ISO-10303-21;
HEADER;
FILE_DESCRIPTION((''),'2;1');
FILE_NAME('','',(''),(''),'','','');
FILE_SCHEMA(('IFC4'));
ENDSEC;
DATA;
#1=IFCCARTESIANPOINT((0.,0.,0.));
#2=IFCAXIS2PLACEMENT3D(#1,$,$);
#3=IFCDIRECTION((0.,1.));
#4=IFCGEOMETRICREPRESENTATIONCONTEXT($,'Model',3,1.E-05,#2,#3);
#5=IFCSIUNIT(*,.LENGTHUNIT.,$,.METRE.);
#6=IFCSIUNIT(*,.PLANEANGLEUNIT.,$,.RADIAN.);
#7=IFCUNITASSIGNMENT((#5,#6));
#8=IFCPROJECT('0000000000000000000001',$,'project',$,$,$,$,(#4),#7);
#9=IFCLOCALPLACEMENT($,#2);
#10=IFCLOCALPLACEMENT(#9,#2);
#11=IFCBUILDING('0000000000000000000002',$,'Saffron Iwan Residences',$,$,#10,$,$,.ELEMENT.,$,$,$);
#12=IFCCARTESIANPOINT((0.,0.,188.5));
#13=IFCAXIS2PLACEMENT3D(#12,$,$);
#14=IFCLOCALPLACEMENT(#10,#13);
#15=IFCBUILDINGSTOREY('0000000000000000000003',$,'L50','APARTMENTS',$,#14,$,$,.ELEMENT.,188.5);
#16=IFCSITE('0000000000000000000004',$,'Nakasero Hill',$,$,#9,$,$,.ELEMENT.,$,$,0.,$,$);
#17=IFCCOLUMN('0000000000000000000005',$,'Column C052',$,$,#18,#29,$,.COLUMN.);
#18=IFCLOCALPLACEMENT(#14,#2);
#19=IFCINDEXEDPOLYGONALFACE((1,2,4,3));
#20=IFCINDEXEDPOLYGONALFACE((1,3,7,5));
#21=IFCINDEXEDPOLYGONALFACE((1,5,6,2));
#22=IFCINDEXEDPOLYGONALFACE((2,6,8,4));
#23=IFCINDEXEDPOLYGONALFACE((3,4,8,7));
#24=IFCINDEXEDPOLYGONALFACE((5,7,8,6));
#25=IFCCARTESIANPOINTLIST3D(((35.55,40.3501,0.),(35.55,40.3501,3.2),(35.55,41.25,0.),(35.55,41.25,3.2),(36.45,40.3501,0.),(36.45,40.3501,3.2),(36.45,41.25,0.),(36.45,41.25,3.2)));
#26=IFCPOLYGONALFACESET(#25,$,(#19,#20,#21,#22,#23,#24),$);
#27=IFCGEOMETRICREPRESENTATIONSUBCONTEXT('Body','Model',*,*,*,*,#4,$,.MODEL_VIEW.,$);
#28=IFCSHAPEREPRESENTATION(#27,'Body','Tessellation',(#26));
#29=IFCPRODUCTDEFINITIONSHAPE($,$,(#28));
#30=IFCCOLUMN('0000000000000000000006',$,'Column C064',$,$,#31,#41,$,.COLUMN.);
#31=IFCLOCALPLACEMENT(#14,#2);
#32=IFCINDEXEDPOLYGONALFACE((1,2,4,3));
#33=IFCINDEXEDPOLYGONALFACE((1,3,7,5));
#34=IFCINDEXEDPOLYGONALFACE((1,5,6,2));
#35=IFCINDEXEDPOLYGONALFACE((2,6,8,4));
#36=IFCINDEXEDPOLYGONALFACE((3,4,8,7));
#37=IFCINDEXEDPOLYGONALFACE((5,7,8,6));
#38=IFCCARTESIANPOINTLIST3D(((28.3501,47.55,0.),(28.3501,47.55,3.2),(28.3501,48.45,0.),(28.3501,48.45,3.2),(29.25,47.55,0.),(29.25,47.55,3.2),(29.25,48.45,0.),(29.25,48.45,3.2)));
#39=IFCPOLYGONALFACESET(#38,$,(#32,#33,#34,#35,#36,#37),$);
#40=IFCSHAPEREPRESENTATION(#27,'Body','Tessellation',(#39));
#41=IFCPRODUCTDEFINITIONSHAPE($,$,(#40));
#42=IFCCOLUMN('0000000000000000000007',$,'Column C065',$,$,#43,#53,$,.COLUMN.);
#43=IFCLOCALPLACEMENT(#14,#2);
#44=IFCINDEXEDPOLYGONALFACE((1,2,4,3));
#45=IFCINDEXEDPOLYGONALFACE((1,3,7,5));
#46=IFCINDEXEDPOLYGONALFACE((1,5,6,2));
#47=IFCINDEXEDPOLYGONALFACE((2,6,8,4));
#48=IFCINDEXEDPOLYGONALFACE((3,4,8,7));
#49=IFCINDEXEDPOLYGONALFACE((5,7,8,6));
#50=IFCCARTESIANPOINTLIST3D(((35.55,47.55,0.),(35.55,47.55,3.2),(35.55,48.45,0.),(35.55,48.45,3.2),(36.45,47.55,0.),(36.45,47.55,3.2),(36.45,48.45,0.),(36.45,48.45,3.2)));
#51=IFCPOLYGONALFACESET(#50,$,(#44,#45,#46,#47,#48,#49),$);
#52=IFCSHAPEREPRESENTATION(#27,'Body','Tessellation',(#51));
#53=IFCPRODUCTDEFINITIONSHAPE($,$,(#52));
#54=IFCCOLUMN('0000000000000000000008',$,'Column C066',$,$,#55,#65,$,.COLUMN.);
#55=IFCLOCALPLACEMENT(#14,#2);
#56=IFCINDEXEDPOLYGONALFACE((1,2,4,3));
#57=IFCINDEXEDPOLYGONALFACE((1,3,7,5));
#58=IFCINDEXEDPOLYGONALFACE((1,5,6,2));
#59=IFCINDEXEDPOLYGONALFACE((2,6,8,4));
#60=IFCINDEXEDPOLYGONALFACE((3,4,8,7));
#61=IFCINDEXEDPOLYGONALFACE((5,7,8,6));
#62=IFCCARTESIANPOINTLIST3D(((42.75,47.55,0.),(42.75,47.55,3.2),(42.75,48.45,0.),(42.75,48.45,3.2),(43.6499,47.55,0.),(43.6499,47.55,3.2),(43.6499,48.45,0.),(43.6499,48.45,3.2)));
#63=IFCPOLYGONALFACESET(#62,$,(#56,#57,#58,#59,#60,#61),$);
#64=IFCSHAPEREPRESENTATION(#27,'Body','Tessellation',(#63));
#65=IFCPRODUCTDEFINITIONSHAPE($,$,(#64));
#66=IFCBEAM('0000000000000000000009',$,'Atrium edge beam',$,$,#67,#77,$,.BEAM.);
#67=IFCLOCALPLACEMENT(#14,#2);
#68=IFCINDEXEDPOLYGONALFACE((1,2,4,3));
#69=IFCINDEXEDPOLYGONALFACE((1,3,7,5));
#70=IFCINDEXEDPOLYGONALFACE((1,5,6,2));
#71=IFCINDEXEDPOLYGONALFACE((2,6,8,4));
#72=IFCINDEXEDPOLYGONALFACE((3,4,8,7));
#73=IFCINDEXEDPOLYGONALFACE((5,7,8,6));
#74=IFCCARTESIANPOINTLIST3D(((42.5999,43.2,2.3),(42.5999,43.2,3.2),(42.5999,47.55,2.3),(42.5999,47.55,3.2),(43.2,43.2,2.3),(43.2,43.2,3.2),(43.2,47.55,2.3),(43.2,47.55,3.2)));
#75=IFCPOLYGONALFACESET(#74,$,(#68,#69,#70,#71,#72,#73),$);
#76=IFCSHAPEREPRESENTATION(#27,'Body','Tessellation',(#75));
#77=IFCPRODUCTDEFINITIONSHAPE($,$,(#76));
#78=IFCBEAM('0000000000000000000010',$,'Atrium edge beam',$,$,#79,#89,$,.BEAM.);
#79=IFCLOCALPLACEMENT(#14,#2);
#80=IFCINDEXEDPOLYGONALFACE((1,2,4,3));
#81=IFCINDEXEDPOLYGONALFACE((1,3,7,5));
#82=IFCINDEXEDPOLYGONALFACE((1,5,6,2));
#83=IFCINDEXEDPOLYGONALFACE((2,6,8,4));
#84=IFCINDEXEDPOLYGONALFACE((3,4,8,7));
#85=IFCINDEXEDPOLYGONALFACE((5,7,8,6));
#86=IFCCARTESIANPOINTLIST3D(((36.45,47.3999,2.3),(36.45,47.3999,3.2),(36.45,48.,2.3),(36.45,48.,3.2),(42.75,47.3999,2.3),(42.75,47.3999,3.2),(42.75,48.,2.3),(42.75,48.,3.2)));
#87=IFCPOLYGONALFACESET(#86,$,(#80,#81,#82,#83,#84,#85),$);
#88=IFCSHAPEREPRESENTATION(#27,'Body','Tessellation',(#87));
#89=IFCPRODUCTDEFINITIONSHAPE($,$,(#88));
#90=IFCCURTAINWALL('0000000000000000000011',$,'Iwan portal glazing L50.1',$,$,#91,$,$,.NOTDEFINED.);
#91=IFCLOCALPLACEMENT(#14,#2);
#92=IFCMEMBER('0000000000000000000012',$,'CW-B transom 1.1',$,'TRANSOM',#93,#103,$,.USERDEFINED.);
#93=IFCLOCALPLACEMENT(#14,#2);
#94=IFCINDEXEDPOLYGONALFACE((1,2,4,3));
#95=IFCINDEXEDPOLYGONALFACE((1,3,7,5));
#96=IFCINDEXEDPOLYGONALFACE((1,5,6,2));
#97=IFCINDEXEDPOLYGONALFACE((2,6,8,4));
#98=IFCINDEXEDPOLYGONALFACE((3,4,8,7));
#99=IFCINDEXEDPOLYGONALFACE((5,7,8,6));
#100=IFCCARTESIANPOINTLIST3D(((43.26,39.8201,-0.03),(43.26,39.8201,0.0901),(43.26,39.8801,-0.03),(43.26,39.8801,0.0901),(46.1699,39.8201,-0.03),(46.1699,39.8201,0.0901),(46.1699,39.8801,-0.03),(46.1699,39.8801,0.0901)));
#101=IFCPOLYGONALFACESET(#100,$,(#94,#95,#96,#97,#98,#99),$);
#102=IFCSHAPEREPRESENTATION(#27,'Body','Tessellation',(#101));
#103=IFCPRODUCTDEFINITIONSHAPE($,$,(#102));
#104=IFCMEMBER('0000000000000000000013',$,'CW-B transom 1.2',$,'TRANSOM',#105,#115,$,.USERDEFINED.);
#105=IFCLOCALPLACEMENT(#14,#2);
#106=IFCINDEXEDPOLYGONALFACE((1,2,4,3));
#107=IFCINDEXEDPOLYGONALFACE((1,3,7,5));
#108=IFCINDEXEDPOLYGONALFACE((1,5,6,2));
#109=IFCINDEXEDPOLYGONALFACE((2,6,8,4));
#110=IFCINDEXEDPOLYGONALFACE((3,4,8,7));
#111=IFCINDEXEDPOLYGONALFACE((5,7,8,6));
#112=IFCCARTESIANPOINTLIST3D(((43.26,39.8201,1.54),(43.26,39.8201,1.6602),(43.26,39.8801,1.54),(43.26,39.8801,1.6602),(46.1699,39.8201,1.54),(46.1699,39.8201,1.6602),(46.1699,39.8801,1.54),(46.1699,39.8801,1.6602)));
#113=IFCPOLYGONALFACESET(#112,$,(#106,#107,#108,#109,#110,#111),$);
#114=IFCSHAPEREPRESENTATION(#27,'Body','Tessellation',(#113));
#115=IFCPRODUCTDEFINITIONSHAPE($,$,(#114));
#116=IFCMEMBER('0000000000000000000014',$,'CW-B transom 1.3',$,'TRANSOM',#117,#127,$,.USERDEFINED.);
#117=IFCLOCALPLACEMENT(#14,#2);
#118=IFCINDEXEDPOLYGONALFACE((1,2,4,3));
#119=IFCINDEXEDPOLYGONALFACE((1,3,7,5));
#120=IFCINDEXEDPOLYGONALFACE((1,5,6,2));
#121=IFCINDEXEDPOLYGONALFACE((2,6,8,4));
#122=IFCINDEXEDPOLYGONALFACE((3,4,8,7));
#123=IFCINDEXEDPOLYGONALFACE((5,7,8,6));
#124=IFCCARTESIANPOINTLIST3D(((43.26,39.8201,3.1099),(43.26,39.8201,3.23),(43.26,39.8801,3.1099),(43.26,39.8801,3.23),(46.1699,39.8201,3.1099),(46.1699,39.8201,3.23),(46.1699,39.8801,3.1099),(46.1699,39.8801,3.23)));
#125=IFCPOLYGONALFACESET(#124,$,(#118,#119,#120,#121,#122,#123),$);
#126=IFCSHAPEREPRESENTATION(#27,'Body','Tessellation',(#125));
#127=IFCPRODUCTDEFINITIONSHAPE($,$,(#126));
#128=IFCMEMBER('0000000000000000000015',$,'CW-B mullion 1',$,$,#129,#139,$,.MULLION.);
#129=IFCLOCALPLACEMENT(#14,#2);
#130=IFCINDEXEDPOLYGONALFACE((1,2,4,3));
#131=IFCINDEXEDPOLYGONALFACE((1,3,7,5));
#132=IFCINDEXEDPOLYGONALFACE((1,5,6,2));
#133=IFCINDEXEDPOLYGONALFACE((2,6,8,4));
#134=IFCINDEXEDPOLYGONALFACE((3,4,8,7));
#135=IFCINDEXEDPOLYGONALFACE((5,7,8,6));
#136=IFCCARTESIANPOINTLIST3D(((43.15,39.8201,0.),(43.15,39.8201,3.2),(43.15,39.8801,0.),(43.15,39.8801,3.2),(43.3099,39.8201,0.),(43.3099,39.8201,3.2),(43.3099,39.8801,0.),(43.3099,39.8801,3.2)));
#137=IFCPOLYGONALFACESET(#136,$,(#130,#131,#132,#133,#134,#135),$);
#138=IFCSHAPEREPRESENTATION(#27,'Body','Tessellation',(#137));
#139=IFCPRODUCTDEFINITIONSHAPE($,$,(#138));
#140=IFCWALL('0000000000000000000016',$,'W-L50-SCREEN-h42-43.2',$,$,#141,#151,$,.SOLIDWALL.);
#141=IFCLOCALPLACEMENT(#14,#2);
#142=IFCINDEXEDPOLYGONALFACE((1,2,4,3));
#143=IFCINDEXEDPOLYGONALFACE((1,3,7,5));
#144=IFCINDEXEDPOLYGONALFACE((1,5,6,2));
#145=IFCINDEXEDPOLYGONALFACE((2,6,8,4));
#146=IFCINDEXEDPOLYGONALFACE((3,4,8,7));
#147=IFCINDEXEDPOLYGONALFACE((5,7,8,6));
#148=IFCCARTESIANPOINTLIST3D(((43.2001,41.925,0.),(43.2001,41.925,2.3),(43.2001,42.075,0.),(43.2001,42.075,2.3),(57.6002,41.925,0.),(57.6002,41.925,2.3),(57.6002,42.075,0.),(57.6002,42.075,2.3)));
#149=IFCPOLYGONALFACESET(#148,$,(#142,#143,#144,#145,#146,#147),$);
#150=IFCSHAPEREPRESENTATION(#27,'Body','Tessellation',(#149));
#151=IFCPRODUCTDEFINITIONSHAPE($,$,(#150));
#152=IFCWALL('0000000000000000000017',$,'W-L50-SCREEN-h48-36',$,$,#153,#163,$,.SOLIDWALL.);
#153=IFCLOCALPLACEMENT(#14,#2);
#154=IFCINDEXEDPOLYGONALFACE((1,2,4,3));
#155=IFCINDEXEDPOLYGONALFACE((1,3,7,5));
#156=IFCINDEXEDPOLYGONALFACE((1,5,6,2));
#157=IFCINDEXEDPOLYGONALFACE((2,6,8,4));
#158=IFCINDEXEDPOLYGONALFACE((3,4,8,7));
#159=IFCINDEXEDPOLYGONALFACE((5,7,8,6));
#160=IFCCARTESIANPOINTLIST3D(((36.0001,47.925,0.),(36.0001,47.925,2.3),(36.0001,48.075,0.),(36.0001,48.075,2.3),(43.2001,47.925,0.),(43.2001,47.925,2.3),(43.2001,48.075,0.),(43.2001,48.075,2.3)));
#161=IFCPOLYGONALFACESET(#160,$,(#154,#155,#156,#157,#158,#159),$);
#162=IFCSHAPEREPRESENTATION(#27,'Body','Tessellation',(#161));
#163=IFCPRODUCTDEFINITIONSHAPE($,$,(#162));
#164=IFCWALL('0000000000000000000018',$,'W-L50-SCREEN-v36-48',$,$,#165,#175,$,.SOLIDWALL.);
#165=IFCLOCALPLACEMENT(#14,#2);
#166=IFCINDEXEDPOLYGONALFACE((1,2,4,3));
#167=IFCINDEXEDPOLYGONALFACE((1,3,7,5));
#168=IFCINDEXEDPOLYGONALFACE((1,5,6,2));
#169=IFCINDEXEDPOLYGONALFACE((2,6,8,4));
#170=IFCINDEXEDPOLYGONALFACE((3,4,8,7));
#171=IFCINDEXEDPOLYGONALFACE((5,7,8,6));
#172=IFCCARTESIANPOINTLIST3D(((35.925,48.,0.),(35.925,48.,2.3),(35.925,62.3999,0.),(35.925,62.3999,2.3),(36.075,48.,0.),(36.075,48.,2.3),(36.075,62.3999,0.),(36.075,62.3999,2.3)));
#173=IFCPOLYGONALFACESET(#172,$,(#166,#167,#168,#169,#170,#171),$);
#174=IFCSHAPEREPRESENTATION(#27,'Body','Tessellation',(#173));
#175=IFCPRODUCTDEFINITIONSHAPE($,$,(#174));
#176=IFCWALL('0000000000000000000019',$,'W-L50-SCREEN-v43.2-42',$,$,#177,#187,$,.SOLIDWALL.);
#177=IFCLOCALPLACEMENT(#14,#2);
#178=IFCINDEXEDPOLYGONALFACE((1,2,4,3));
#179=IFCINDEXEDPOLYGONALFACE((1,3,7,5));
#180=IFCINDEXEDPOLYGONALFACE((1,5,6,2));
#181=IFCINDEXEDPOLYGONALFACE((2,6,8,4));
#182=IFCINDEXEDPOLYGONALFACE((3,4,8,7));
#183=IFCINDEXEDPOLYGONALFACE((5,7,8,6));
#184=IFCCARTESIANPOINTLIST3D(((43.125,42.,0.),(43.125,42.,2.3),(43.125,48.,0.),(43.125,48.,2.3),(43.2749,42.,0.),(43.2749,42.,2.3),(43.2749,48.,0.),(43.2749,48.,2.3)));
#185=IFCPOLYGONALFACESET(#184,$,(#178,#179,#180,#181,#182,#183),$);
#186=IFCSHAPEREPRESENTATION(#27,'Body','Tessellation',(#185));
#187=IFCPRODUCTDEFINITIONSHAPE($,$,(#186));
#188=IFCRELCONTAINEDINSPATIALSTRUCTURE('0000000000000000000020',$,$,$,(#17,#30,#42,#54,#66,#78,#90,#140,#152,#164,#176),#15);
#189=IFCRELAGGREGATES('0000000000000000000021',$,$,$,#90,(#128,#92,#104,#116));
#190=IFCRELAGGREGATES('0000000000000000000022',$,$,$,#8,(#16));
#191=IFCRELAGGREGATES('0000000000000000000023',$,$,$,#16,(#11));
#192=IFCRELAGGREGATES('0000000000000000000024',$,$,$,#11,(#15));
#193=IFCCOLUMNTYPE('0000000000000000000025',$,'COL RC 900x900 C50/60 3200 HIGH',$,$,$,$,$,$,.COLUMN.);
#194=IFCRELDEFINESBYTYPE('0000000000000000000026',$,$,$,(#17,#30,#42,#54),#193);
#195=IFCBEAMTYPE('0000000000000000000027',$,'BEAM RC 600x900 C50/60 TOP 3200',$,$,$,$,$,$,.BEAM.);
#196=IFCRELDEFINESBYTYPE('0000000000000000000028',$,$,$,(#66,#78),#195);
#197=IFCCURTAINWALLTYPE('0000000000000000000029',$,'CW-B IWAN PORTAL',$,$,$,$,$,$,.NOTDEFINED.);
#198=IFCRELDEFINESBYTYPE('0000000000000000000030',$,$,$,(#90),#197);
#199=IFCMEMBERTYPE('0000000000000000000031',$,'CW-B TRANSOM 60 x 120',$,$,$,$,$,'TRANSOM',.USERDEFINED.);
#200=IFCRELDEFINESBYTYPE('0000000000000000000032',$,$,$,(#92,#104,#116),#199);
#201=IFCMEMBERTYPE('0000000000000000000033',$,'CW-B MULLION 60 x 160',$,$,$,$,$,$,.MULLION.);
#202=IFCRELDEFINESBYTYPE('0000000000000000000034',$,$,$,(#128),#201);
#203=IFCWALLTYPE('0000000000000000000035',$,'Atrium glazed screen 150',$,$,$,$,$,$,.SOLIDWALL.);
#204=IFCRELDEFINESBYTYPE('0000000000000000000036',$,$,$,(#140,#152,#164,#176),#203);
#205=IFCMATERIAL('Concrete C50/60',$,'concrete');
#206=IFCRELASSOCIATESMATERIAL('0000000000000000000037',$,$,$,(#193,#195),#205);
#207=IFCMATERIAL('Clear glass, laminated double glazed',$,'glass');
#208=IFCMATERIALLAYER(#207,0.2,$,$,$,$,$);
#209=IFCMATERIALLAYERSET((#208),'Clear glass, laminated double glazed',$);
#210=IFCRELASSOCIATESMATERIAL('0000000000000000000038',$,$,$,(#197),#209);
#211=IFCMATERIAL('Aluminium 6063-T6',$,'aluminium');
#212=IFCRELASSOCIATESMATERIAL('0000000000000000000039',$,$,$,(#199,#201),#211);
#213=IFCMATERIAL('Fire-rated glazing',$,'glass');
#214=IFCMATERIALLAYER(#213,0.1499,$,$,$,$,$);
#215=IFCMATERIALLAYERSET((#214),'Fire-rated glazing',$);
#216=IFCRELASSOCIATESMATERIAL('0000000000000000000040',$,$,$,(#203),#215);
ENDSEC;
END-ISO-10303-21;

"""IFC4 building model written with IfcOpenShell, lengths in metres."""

from ifc_helpers import new_model, si_unit, direction, frame, frame_2d, origin, origin_2d, place, context, subcontext, project, spatial, rectangle, extrude, source, transform, mapped, material, layer, layer_set, material_profile, profile_set, type_object, element, aggregate, save


model = new_model("IFC4")

# Units and contexts
model_context = context("Model", 3, precision=1e-05, world=origin(), true_north=direction((0.0, 1.0)))
body_context = subcontext(model_context, "Body", "Model", "MODEL_VIEW")
ifc_project = project(units=[si_unit("LENGTHUNIT", "METRE"), si_unit("PLANEANGLEUNIT", "RADIAN")], contexts=[model_context])

# Site, building, storey
site_placement = place(None, origin())
site = spatial("IfcSite", under=ifc_project, at=site_placement, Name="Nakasero Hill", CompositionType="ELEMENT", RefElevation=0.0)
building_placement = place(site_placement, origin())
building = spatial("IfcBuilding", under=site, at=building_placement, Name="Saffron Iwan Residences", CompositionType="ELEMENT")
storey_placement = place(building_placement, frame((0.0, 0.0, 188.5)))
storey = spatial("IfcBuildingStorey", under=building, at=storey_placement, Name="L50", Description="APARTMENTS", CompositionType="ELEMENT", Elevation=188.5)

# Columns
ifc_material_1 = material(Name="Concrete C50/60", Category="concrete")
ifc_material_profile_1 = material_profile(ifc_material_1, rectangle(XDim=0.8999, YDim=0.8999, at=origin_2d()), Name="RC 900x900")
ifc_profile_set_1 = profile_set([ifc_material_profile_1], Name="Concrete C50/60")
column_type = type_object("IfcColumnType", Name="COL RC 900x900 C50/60 3200 HIGH", PredefinedType="COLUMN", material=ifc_profile_set_1)
shared_shape_1 = source(origin(), body_context, "Body", "SweptSolid", [
    extrude(rectangle(XDim=0.8999, YDim=0.8999, at=origin_2d()), origin(), (0.0, 0.0, 1.0), 3.2),
])
for number, where, z_axis, x_axis, name in (
    (1, (36.0, 40.8, 0.0), (0.0, 0.0, 1.0), (1.0, 0.0, 0.0), "Column C052"),
    (2, (28.8, 48.0, 0.0), (0.0, 0.0, 1.0), (1.0, 0.0, 0.0), "Column C064"),
    (3, (36.0, 48.0, 0.0), (0.0, 0.0, 1.0), (1.0, 0.0, 0.0), "Column C065"),
    (4, (43.2, 48.0, 0.0), (0.0, 0.0, 1.0), (1.0, 0.0, 0.0), "Column C066"),
):
    element("IfcColumn", number, at=place(storey_placement, frame(where, z_axis=z_axis, x_axis=x_axis)), inside=storey, type_object=column_type, Name=name, PredefinedType="COLUMN", context=body_context, shape_type="MappedRepresentation", body=[
        mapped(shared_shape_1, transform((0.0, 0.0, 0.0))),
    ])

# Beams
ifc_material_profile_2 = material_profile(ifc_material_1, rectangle(XDim=0.6001, YDim=0.8999, at=origin_2d()), Name="RC 600x900")
ifc_profile_set_2 = profile_set([ifc_material_profile_2], Name="Concrete C50/60")
beam_type = type_object("IfcBeamType", Name="BEAM RC 600x900 C50/60 TOP 3200", PredefinedType="BEAM", material=ifc_profile_set_2)
shared_shape_2 = source(origin(), body_context, "Body", "SweptSolid", [
    extrude(rectangle(XDim=0.6001, YDim=0.8999, at=origin_2d()), origin(), (0.0, 0.0, 1.0), 4.3501),
])
beam_1_placement = place(storey_placement, frame((42.8999, 43.2, 2.75), z_axis=(0.0, 1.0, 0.0), x_axis=(-1.0, 0.0, 0.0)))
element("IfcBeam", 5, at=beam_1_placement, inside=storey, type_object=beam_type, Name="Atrium edge beam", PredefinedType="BEAM", context=body_context, shape_type="MappedRepresentation", body=[
    mapped(shared_shape_2, transform((0.0, 0.0, 0.0))),
])
shared_shape_3 = source(origin(), body_context, "Body", "SweptSolid", [
    extrude(rectangle(XDim=0.6001, YDim=0.8999, at=origin_2d()), origin(), (0.0, 0.0, 1.0), 6.3),
])
beam_2_placement = place(storey_placement, frame((42.75, 47.7, 2.75), z_axis=(-1.0, 0.0, 0.0), x_axis=(0.0, -1.0, 0.0)))
element("IfcBeam", 6, at=beam_2_placement, inside=storey, type_object=beam_type, Name="Atrium edge beam", PredefinedType="BEAM", context=body_context, shape_type="MappedRepresentation", body=[
    mapped(shared_shape_3, transform((0.0, 0.0, 0.0))),
])

# Curtain wall, members
ifc_material_2 = material(Name="Clear glass, laminated double glazed", Category="glass")
ifc_layer_1 = layer(ifc_material_2, 0.2)
ifc_layer_set_1 = layer_set([ifc_layer_1], Name="Clear glass, laminated double glazed")
curtain_wall_type = type_object("IfcCurtainWallType", Name="CW-B IWAN PORTAL", PredefinedType="NOTDEFINED", material=ifc_layer_set_1)
curtain_wall_placement = place(storey_placement, origin())
curtain_wall = element("IfcCurtainWall", 7, at=curtain_wall_placement, inside=storey, type_object=curtain_wall_type, Name="Iwan portal glazing L50.1", PredefinedType="NOTDEFINED")
ifc_material_3 = material(Name="Aluminium 6063-T6", Category="aluminium")
ifc_material_profile_3 = material_profile(ifc_material_3, rectangle(XDim=0.0601, YDim=0.1201, at=origin_2d()), Name="CW-B TRANSOM 60 x 120")
ifc_profile_set_3 = profile_set([ifc_material_profile_3], Name="Aluminium 6063-T6")
member_type_1 = type_object("IfcMemberType", Name="CW-B TRANSOM 60 x 120", ElementType="TRANSOM", PredefinedType="USERDEFINED", material=ifc_profile_set_3)
shared_shape_4 = source(origin(), body_context, "Body", "SweptSolid", [
    extrude(rectangle(XDim=0.0601, YDim=0.1201, at=origin_2d()), origin(), (0.0, 0.0, 1.0), 2.9099),
])
member_1_placement = place(storey_placement, frame((43.26, 39.8501, 0.03), z_axis=(1.0, 0.0, 0.0), x_axis=(0.0, 1.0, 0.0)))
member_1 = element("IfcMember", 8, at=member_1_placement, type_object=member_type_1, Name="CW-B transom 1.1", ObjectType="TRANSOM", PredefinedType="USERDEFINED", context=body_context, shape_type="MappedRepresentation", body=[
    mapped(shared_shape_4, transform((0.0, 0.0, 0.0))),
])
member_2_placement = place(storey_placement, frame((43.26, 39.8501, 1.6001), z_axis=(1.0, 0.0, 0.0), x_axis=(0.0, 1.0, 0.0)))
member_2 = element("IfcMember", 9, at=member_2_placement, type_object=member_type_1, Name="CW-B transom 1.2", ObjectType="TRANSOM", PredefinedType="USERDEFINED", context=body_context, shape_type="MappedRepresentation", body=[
    mapped(shared_shape_4, transform((0.0, 0.0, 0.0))),
])
member_3_placement = place(storey_placement, frame((43.26, 39.8501, 3.1699), z_axis=(1.0, 0.0, 0.0), x_axis=(0.0, 1.0, 0.0)))
member_3 = element("IfcMember", 10, at=member_3_placement, type_object=member_type_1, Name="CW-B transom 1.3", ObjectType="TRANSOM", PredefinedType="USERDEFINED", context=body_context, shape_type="MappedRepresentation", body=[
    mapped(shared_shape_4, transform((0.0, 0.0, 0.0))),
])
ifc_material_profile_4 = material_profile(ifc_material_3, rectangle(XDim=0.0601, YDim=0.1599, at=origin_2d()), Name="CW-B MULLION 60 x 160")
ifc_profile_set_4 = profile_set([ifc_material_profile_4], Name="Aluminium 6063-T6")
member_type_2 = type_object("IfcMemberType", Name="CW-B MULLION 60 x 160", PredefinedType="MULLION", material=ifc_profile_set_4)
shared_shape_5 = source(origin(), body_context, "Body", "SweptSolid", [
    extrude(rectangle(XDim=0.0601, YDim=0.1599, at=origin_2d()), origin(), (0.0, 0.0, 1.0), 3.2),
])
member_4_placement = place(storey_placement, frame((43.23, 39.8501, 0.0), z_axis=(0.0, 0.0, 1.0), x_axis=(0.0, 1.0, 0.0)))
member_4 = element("IfcMember", 11, at=member_4_placement, type_object=member_type_2, Name="CW-B mullion 1", PredefinedType="MULLION", context=body_context, shape_type="MappedRepresentation", body=[
    mapped(shared_shape_5, transform((0.0, 0.0, 0.0))),
])
aggregate(curtain_wall, [member_4, member_1, member_2, member_3])

# Walls
ifc_material_4 = material(Name="Fire-rated glazing", Category="glass")
ifc_layer_2 = layer(ifc_material_4, 0.1499)
ifc_layer_set_2 = layer_set([ifc_layer_2], Name="Fire-rated glazing")
wall_type_1 = type_object("IfcWallType", Name="Atrium glazed screen 150", PredefinedType="SOLIDWALL", material=ifc_layer_set_2)
wall_1_placement = place(storey_placement, frame((43.2, 42.0, 0.0), z_axis=(0.0, 0.0, 1.0), x_axis=(1.0, 0.0, 0.0)))
element("IfcWall", 12, at=wall_1_placement, inside=storey, type_object=wall_type_1, Name="W-L50-SCREEN-h42-43.2", PredefinedType="SOLIDWALL", context=body_context, shape_type="SweptSolid", body=[
    extrude(rectangle(XDim=14.4001, YDim=0.1499, at=frame_2d((7.2002, 0.0))), origin(), (0.0, 0.0, 1.0), 2.3),
])
wall_2_placement = place(storey_placement, frame((36.0, 48.0, 0.0), z_axis=(0.0, 0.0, 1.0), x_axis=(1.0, 0.0, 0.0)))
element("IfcWall", 13, at=wall_2_placement, inside=storey, type_object=wall_type_1, Name="W-L50-SCREEN-h48-36", PredefinedType="SOLIDWALL", context=body_context, shape_type="SweptSolid", body=[
    extrude(rectangle(XDim=7.2, YDim=0.1499, at=frame_2d((3.6001, 0.0))), origin(), (0.0, 0.0, 1.0), 2.3),
])
wall_3_placement = place(storey_placement, frame((36.0, 48.0, 0.0), z_axis=(0.0, 0.0, 1.0), x_axis=(0.0, 1.0, 0.0)))
element("IfcWall", 14, at=wall_3_placement, inside=storey, type_object=wall_type_1, Name="W-L50-SCREEN-v36-48", PredefinedType="SOLIDWALL", context=body_context, shape_type="SweptSolid", body=[
    extrude(rectangle(XDim=14.3999, YDim=0.1499, at=frame_2d((7.2, 0.0))), origin(), (0.0, 0.0, 1.0), 2.3),
])
wall_4_placement = place(storey_placement, frame((43.2, 42.0, 0.0), z_axis=(0.0, 0.0, 1.0), x_axis=(0.0, 1.0, 0.0)))
element("IfcWall", 15, at=wall_4_placement, inside=storey, type_object=wall_type_1, Name="W-L50-SCREEN-v43.2-42", PredefinedType="SOLIDWALL", context=body_context, shape_type="SweptSolid", body=[
    extrude(rectangle(XDim=6.0, YDim=0.1499, at=frame_2d((3.0, 0.0))), origin(), (0.0, 0.0, 1.0), 2.3),
])

save(model, "model.ifc")
